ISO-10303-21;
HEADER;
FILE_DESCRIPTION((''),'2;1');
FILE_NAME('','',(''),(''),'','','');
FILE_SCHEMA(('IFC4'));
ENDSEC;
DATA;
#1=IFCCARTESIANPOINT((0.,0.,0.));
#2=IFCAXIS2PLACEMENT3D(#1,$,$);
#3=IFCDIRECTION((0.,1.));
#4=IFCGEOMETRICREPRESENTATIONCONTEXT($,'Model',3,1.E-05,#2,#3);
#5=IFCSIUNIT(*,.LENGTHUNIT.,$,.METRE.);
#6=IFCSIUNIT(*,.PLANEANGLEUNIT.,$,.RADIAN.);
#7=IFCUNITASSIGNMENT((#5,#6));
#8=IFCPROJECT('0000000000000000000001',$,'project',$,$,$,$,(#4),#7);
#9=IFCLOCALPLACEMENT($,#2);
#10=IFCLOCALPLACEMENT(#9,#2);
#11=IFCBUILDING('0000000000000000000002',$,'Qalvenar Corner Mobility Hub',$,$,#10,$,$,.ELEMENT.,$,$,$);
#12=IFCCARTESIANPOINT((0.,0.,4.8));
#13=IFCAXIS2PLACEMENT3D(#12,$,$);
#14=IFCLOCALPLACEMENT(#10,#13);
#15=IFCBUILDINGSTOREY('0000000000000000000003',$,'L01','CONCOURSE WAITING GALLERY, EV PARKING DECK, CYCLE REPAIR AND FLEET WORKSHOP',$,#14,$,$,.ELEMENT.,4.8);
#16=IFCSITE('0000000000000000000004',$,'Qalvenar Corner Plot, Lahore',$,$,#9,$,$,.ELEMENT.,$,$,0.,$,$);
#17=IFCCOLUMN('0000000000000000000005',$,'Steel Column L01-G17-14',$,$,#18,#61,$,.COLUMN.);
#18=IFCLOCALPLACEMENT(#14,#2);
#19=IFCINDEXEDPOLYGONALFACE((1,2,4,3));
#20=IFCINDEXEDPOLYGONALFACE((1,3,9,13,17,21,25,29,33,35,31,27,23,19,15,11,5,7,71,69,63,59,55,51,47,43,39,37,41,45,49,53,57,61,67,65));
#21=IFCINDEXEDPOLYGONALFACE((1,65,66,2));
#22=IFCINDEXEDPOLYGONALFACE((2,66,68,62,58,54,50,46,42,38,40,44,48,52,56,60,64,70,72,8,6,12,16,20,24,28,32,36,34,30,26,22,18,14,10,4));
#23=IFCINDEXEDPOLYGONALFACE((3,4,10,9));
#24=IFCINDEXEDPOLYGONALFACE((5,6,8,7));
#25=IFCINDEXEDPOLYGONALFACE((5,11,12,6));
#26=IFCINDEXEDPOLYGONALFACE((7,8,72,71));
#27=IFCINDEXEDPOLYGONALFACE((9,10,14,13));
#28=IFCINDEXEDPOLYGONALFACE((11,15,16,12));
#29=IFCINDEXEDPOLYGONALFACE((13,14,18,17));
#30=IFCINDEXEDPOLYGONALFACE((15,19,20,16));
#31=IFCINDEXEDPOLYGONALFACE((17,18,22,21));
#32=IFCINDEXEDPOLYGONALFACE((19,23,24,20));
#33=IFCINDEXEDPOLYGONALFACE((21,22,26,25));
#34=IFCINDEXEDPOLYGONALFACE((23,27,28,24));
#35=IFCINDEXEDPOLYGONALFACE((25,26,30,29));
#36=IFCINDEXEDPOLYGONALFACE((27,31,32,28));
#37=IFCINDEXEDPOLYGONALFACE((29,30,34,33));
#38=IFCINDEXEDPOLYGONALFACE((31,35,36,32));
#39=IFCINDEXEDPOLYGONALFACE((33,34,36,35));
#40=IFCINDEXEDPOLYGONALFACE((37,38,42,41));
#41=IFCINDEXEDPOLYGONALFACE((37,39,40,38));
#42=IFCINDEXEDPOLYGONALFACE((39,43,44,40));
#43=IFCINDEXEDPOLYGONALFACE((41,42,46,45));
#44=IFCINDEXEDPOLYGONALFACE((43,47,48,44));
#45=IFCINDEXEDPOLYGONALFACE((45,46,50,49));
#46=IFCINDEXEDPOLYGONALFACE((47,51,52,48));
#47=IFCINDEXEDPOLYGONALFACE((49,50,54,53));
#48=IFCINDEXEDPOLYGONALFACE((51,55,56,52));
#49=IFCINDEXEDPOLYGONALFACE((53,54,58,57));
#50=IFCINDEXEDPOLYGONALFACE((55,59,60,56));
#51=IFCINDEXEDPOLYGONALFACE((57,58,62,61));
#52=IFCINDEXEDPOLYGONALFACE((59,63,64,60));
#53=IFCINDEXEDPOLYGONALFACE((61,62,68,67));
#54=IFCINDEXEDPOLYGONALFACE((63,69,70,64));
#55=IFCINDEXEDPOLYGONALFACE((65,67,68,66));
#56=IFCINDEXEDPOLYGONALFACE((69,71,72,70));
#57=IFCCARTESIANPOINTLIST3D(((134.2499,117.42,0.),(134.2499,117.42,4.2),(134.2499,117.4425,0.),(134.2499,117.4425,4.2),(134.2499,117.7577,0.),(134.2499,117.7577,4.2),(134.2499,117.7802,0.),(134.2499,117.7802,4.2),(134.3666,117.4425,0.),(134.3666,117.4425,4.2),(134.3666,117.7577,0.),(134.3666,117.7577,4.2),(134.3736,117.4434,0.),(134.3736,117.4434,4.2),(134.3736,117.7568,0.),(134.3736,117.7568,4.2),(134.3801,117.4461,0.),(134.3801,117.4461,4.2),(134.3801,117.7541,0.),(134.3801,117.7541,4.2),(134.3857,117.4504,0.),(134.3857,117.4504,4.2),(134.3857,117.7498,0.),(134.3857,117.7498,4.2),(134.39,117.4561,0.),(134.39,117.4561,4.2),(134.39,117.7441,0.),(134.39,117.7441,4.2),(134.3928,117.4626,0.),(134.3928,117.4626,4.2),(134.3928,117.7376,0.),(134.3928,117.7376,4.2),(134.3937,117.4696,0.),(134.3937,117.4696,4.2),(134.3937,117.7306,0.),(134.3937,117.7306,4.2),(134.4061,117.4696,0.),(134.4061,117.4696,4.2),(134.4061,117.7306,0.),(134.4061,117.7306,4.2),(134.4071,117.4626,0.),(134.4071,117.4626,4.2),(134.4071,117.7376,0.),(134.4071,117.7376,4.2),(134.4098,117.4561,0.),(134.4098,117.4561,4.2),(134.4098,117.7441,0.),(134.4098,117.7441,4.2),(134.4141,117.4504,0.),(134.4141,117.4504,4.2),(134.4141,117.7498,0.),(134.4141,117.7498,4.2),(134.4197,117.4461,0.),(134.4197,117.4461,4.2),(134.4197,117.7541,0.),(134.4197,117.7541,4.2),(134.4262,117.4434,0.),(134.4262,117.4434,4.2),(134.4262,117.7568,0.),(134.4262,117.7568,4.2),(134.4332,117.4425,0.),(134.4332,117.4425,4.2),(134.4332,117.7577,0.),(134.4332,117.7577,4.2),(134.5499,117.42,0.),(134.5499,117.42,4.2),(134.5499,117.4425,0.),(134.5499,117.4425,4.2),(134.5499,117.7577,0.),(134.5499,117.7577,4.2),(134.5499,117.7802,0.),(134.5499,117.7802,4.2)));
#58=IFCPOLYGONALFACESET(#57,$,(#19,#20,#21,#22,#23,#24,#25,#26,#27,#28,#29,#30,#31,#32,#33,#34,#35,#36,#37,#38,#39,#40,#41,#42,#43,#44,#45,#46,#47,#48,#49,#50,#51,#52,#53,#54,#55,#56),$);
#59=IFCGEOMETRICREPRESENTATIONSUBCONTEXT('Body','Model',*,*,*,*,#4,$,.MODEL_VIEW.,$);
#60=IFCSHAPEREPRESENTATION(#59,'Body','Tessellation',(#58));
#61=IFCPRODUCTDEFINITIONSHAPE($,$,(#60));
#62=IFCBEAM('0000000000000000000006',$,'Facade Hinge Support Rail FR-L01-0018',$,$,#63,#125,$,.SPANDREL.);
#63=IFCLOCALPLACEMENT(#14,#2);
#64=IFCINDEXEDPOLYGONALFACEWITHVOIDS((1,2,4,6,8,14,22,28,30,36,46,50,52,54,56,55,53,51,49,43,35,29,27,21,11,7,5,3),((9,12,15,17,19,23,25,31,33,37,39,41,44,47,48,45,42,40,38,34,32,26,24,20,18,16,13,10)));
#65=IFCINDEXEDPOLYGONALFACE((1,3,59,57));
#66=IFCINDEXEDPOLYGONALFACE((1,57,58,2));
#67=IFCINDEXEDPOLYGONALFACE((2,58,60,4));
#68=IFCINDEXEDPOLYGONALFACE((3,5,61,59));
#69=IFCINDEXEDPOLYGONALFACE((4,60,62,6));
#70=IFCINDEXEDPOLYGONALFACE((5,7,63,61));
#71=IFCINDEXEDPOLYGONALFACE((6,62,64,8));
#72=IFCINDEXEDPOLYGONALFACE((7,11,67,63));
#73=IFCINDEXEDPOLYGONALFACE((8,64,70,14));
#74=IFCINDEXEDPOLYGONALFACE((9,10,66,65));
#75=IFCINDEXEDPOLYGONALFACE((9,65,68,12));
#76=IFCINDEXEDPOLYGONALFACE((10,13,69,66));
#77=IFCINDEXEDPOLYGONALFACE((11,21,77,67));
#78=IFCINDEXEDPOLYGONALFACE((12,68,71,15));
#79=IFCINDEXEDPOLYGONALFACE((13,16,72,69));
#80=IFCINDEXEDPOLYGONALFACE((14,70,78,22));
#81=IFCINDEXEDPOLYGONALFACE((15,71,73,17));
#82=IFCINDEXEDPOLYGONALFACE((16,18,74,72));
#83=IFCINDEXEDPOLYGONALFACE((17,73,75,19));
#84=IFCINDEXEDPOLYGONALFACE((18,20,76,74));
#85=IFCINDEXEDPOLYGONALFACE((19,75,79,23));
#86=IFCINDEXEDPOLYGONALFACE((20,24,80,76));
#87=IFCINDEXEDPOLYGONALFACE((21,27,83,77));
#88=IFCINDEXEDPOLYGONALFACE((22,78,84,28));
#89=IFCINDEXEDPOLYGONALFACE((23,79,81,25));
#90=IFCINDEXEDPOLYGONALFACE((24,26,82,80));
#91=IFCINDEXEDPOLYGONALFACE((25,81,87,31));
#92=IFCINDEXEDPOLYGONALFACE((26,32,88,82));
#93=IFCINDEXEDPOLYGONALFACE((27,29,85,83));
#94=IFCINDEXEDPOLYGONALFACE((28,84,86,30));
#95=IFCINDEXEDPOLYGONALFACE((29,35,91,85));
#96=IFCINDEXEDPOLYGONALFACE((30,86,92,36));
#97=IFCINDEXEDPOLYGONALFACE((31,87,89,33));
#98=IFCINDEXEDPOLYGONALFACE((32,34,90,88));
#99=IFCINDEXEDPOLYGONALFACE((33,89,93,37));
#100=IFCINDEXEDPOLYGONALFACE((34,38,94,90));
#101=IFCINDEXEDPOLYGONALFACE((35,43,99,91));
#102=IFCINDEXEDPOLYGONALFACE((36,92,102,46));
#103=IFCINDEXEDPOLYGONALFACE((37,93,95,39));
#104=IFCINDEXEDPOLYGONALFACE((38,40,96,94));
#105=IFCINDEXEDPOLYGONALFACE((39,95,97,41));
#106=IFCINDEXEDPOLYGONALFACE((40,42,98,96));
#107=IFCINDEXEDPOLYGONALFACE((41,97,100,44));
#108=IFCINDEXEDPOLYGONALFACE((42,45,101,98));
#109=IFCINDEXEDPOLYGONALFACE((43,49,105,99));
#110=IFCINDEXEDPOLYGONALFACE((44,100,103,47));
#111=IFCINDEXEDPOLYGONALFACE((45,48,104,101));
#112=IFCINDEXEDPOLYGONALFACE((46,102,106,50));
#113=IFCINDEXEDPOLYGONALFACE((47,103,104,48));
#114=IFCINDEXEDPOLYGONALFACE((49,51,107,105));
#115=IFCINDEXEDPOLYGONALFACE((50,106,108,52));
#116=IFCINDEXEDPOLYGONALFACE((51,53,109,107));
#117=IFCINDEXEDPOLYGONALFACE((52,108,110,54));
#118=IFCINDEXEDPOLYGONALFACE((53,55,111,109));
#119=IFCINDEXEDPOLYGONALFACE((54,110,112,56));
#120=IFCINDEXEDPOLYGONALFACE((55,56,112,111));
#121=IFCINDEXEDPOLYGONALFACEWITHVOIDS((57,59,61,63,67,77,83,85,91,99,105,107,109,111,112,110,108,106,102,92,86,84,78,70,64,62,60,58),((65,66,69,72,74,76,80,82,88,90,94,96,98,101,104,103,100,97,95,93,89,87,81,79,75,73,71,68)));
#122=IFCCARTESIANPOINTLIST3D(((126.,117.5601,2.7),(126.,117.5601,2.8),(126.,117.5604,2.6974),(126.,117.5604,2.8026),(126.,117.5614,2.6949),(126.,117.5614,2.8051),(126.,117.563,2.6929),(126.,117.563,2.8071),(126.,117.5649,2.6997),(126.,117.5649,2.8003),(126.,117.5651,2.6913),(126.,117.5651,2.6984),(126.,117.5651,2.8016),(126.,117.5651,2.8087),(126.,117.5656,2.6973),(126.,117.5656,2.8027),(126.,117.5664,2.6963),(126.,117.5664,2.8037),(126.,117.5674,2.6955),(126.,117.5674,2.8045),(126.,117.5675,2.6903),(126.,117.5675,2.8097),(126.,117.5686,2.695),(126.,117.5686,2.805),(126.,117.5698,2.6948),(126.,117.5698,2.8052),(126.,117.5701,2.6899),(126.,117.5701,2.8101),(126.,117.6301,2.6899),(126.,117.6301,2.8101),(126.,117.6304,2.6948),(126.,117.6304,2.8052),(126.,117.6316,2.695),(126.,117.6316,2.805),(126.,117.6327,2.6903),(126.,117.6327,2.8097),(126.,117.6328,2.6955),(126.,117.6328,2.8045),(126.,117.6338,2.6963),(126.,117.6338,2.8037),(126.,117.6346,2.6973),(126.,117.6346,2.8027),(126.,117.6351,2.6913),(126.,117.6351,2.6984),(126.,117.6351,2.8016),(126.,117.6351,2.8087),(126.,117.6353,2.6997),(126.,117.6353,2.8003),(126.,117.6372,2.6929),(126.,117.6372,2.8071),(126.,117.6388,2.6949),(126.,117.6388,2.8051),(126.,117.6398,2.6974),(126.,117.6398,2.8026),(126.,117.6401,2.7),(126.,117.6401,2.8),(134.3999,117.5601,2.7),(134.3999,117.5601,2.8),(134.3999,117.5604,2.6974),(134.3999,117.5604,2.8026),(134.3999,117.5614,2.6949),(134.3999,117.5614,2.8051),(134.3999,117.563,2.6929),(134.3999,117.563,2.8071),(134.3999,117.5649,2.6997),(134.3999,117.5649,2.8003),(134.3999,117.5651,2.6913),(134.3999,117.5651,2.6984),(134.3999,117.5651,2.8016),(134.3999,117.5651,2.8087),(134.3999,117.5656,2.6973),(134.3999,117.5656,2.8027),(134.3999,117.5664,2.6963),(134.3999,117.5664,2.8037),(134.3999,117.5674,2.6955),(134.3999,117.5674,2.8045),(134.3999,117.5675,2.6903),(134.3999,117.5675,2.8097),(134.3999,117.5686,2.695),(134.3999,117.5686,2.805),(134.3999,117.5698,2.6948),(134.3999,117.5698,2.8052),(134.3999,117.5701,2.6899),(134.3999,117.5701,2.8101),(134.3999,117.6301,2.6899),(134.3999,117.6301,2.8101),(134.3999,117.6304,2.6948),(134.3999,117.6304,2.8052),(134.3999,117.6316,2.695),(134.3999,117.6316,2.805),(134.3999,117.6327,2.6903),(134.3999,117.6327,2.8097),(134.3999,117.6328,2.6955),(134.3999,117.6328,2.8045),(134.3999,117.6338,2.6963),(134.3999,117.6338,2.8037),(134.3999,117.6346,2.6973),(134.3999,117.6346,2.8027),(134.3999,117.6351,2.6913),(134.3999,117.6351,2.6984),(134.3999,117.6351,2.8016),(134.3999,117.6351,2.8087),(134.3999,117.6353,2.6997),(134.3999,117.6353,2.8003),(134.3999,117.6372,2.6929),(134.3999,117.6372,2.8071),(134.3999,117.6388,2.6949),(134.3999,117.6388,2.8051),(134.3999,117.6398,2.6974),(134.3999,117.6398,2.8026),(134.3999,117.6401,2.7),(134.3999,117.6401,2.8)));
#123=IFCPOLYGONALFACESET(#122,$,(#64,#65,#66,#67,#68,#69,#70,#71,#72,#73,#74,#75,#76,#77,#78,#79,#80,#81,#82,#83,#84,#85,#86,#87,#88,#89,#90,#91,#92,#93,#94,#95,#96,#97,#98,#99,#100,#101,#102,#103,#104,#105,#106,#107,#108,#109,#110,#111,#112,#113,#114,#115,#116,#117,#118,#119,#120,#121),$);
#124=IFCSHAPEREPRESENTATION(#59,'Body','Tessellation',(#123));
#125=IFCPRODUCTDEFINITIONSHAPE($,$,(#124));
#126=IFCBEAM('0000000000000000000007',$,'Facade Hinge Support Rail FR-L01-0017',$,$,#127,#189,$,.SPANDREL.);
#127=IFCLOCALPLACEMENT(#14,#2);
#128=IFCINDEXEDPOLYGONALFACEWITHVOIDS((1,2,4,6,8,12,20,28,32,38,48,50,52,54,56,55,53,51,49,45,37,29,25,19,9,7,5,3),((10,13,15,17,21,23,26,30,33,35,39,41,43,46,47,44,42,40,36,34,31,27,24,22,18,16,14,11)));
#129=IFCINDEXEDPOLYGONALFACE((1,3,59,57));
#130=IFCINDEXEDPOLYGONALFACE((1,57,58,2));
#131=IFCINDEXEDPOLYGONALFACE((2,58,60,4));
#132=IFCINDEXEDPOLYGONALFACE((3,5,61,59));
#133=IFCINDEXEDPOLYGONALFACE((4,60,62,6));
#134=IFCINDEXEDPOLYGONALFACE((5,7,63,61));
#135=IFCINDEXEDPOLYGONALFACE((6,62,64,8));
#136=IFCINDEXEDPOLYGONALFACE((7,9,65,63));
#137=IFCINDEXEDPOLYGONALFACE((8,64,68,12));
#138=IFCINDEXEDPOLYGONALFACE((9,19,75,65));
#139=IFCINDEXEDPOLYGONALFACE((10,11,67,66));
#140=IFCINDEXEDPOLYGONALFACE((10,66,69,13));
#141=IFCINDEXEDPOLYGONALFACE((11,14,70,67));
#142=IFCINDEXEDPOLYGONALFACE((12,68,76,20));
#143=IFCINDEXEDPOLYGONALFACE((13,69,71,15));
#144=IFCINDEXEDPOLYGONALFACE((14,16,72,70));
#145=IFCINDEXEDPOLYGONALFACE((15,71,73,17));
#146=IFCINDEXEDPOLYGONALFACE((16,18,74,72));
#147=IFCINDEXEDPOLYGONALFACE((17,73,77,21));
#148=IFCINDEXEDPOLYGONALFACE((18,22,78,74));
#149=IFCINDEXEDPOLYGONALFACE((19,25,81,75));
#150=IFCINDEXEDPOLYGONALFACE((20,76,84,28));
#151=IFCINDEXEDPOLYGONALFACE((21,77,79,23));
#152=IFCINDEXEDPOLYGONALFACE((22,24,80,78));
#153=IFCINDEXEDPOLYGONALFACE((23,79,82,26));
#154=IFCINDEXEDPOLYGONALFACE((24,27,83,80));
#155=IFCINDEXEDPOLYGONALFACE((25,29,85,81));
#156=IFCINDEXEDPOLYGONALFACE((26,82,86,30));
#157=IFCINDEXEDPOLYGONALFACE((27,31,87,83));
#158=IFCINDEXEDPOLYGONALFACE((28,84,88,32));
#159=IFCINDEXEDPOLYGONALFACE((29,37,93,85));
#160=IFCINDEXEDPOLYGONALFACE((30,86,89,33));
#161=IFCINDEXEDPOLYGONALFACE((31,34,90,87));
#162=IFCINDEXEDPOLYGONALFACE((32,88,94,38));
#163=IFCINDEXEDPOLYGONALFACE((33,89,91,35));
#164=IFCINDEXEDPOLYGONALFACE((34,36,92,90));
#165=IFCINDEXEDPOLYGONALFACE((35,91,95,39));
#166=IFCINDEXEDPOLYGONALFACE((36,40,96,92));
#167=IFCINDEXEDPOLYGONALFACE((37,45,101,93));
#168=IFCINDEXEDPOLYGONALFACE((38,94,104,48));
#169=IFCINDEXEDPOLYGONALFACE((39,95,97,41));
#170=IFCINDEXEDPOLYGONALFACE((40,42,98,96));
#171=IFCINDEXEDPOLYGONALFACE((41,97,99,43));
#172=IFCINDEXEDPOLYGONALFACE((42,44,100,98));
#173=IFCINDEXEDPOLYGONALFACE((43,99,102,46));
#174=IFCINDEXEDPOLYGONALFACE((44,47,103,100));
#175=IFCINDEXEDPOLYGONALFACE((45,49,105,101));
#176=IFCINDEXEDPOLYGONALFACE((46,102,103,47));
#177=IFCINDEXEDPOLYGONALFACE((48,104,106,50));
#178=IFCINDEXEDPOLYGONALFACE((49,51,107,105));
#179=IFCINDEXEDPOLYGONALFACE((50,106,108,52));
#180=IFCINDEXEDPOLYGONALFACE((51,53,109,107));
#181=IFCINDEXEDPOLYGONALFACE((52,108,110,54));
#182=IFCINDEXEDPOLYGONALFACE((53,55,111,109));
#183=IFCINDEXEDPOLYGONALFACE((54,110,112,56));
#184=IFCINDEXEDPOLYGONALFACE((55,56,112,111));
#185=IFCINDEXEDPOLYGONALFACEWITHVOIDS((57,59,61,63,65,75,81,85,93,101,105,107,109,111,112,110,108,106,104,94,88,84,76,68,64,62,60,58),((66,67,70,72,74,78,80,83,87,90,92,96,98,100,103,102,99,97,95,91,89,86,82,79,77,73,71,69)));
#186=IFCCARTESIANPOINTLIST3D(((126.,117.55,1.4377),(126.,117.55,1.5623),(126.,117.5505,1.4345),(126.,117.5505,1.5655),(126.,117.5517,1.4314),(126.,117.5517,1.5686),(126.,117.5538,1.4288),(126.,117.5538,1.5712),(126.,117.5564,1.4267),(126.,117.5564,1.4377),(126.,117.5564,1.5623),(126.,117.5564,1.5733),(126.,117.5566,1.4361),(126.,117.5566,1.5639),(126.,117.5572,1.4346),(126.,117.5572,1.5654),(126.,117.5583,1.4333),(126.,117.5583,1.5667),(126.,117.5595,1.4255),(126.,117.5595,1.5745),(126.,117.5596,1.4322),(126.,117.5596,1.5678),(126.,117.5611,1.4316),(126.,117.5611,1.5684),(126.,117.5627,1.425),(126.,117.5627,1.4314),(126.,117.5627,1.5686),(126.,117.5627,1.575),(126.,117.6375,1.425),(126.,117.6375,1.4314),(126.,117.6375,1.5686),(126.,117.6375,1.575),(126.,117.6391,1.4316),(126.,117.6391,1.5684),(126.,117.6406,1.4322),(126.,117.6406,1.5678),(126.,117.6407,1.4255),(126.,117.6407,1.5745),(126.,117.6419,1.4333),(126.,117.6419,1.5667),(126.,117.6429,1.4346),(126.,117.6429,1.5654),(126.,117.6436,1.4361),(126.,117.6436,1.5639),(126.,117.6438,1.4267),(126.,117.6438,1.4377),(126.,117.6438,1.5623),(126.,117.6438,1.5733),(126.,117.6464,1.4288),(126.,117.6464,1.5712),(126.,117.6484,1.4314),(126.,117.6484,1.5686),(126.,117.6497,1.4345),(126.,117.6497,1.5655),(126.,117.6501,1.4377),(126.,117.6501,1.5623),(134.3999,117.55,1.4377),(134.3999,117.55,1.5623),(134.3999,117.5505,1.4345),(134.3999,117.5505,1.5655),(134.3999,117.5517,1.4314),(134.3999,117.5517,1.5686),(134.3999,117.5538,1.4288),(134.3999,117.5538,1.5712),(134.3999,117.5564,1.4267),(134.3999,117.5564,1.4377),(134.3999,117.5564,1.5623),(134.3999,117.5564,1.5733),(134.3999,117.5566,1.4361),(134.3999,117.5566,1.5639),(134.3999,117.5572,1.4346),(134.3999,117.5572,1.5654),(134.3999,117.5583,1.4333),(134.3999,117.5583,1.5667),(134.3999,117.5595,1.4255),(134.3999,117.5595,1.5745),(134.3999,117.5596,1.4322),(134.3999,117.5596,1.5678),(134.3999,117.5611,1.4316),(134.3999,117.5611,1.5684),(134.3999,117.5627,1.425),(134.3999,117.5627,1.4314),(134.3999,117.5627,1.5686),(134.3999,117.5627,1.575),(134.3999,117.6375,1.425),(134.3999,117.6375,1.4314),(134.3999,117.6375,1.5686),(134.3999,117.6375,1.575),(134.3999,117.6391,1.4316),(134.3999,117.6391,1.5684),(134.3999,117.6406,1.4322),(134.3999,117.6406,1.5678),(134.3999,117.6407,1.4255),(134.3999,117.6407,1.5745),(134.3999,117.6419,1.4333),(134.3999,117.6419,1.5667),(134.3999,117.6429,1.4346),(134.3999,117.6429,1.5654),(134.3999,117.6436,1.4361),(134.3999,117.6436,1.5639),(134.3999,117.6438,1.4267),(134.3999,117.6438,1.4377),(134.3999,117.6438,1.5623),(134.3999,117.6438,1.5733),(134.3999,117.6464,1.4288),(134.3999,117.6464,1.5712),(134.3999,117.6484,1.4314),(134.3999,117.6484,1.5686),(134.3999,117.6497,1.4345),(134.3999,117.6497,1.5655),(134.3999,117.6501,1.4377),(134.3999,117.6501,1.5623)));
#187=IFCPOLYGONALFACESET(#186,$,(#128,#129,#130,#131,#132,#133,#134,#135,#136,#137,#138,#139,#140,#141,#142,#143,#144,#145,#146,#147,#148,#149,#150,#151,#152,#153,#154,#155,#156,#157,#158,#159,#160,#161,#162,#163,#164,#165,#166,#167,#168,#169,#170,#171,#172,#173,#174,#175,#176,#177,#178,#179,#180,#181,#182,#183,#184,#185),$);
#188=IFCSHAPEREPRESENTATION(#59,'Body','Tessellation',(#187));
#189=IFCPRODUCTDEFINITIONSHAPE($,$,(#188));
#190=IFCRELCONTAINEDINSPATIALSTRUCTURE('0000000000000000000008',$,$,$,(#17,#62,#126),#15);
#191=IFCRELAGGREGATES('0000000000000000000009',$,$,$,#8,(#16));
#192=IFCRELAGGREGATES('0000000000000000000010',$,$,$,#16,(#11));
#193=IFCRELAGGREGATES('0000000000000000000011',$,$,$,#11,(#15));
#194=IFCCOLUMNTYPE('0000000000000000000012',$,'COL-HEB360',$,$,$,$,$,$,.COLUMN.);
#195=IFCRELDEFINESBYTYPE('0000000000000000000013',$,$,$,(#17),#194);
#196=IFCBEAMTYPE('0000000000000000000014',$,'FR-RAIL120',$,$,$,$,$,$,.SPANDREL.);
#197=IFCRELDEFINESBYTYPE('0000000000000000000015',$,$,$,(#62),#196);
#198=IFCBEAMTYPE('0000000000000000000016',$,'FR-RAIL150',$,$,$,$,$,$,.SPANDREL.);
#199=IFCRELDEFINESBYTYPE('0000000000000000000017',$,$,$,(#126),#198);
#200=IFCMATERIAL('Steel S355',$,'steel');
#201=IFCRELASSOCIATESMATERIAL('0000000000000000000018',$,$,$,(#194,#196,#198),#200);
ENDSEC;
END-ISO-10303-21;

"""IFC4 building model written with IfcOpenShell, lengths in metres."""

from ifc_helpers import new_model, si_unit, direction, frame, origin, origin_2d, place, context, subcontext, project, spatial, hollow_rectangle, i_section, extrude, material, material_profile, profile_set, type_object, element, save


model = new_model("IFC4")

# Units and contexts
model_context = context("Model", 3, precision=1e-05, world=origin(), true_north=direction((0.0, 1.0)))
body_context = subcontext(model_context, "Body", "Model", "MODEL_VIEW")
ifc_project = project(units=[si_unit("LENGTHUNIT", "METRE"), si_unit("PLANEANGLEUNIT", "RADIAN")], contexts=[model_context])

# Site, building, storey
site_placement = place(None, origin())
site = spatial("IfcSite", under=ifc_project, at=site_placement, Name="Qalvenar Corner Plot, Lahore", CompositionType="ELEMENT", RefElevation=0.0)
building_placement = place(site_placement, origin())
building = spatial("IfcBuilding", under=site, at=building_placement, Name="Qalvenar Corner Mobility Hub", CompositionType="ELEMENT")
storey_placement = place(building_placement, frame((0.0, 0.0, 4.8)))
storey = spatial("IfcBuildingStorey", under=building, at=storey_placement, Name="L01", Description="CONCOURSE WAITING GALLERY, EV PARKING DECK, CYCLE REPAIR AND FLEET WORKSHOP", CompositionType="ELEMENT", Elevation=4.8)

# Column
ifc_material_1 = material(Name="Steel S355", Category="steel")
ifc_material_profile_1 = material_profile(ifc_material_1, i_section(OverallWidth=0.3, OverallDepth=0.3601, WebThickness=0.0125, FlangeThickness=0.0225, FilletRadius=0.0271, at=origin_2d()), Name="HEB360")
ifc_profile_set_1 = profile_set([ifc_material_profile_1], Name="Steel S355")
column_type = type_object("IfcColumnType", Name="COL-HEB360", PredefinedType="COLUMN", material=ifc_profile_set_1)
column_placement = place(storey_placement, frame((134.3999, 117.6001, 0.0), z_axis=(0.0, 0.0, 1.0), x_axis=(1.0, 0.0, 0.0)))
element("IfcColumn", 1, at=column_placement, inside=storey, type_object=column_type, Name="Steel Column L01-G17-14", PredefinedType="COLUMN", context=body_context, shape_type="SweptSolid", body=[
    extrude(i_section(OverallWidth=0.3, OverallDepth=0.3601, WebThickness=0.0125, FlangeThickness=0.0225, FilletRadius=0.0271, at=origin_2d()), origin(), (0.0, 0.0, 1.0), 4.2),
])

# Beams
ifc_material_profile_2 = material_profile(ifc_material_1, hollow_rectangle(XDim=0.0801, YDim=0.1201, WallThickness=0.0049, InnerFilletRadius=0.0049, OuterFilletRadius=0.01, at=origin_2d()), Name="RHS120x80x5")
ifc_profile_set_2 = profile_set([ifc_material_profile_2], Name="Steel S355")
beam_type_1 = type_object("IfcBeamType", Name="FR-RAIL120", PredefinedType="SPANDREL", material=ifc_profile_set_2)
beam_1_placement = place(storey_placement, frame((134.3999, 117.6001, 2.75), z_axis=(-1.0, 0.0, 0.0), x_axis=(0.0, -1.0, 0.0)))
element("IfcBeam", 2, at=beam_1_placement, inside=storey, type_object=beam_type_1, Name="Facade Hinge Support Rail FR-L01-0018", PredefinedType="SPANDREL", context=body_context, shape_type="SweptSolid", body=[
    extrude(hollow_rectangle(XDim=0.0801, YDim=0.1201, WallThickness=0.0049, InnerFilletRadius=0.0049, OuterFilletRadius=0.01, at=origin_2d()), origin(), (0.0, 0.0, 1.0), 8.3999),
])
ifc_material_profile_3 = material_profile(ifc_material_1, hollow_rectangle(XDim=0.1001, YDim=0.1499, WallThickness=0.0063, InnerFilletRadius=0.0063, OuterFilletRadius=0.0127, at=origin_2d()), Name="RHS150x100x6.3")
ifc_profile_set_3 = profile_set([ifc_material_profile_3], Name="Steel S355")
beam_type_2 = type_object("IfcBeamType", Name="FR-RAIL150", PredefinedType="SPANDREL", material=ifc_profile_set_3)
beam_2_placement = place(storey_placement, frame((134.3999, 117.6001, 1.5), z_axis=(-1.0, 0.0, 0.0), x_axis=(0.0, -1.0, 0.0)))
element("IfcBeam", 3, at=beam_2_placement, inside=storey, type_object=beam_type_2, Name="Facade Hinge Support Rail FR-L01-0017", PredefinedType="SPANDREL", context=body_context, shape_type="SweptSolid", body=[
    extrude(hollow_rectangle(XDim=0.1001, YDim=0.1499, WallThickness=0.0063, InnerFilletRadius=0.0063, OuterFilletRadius=0.0127, at=origin_2d()), origin(), (0.0, 0.0, 1.0), 8.3999),
])

save(model, "model.ifc")
